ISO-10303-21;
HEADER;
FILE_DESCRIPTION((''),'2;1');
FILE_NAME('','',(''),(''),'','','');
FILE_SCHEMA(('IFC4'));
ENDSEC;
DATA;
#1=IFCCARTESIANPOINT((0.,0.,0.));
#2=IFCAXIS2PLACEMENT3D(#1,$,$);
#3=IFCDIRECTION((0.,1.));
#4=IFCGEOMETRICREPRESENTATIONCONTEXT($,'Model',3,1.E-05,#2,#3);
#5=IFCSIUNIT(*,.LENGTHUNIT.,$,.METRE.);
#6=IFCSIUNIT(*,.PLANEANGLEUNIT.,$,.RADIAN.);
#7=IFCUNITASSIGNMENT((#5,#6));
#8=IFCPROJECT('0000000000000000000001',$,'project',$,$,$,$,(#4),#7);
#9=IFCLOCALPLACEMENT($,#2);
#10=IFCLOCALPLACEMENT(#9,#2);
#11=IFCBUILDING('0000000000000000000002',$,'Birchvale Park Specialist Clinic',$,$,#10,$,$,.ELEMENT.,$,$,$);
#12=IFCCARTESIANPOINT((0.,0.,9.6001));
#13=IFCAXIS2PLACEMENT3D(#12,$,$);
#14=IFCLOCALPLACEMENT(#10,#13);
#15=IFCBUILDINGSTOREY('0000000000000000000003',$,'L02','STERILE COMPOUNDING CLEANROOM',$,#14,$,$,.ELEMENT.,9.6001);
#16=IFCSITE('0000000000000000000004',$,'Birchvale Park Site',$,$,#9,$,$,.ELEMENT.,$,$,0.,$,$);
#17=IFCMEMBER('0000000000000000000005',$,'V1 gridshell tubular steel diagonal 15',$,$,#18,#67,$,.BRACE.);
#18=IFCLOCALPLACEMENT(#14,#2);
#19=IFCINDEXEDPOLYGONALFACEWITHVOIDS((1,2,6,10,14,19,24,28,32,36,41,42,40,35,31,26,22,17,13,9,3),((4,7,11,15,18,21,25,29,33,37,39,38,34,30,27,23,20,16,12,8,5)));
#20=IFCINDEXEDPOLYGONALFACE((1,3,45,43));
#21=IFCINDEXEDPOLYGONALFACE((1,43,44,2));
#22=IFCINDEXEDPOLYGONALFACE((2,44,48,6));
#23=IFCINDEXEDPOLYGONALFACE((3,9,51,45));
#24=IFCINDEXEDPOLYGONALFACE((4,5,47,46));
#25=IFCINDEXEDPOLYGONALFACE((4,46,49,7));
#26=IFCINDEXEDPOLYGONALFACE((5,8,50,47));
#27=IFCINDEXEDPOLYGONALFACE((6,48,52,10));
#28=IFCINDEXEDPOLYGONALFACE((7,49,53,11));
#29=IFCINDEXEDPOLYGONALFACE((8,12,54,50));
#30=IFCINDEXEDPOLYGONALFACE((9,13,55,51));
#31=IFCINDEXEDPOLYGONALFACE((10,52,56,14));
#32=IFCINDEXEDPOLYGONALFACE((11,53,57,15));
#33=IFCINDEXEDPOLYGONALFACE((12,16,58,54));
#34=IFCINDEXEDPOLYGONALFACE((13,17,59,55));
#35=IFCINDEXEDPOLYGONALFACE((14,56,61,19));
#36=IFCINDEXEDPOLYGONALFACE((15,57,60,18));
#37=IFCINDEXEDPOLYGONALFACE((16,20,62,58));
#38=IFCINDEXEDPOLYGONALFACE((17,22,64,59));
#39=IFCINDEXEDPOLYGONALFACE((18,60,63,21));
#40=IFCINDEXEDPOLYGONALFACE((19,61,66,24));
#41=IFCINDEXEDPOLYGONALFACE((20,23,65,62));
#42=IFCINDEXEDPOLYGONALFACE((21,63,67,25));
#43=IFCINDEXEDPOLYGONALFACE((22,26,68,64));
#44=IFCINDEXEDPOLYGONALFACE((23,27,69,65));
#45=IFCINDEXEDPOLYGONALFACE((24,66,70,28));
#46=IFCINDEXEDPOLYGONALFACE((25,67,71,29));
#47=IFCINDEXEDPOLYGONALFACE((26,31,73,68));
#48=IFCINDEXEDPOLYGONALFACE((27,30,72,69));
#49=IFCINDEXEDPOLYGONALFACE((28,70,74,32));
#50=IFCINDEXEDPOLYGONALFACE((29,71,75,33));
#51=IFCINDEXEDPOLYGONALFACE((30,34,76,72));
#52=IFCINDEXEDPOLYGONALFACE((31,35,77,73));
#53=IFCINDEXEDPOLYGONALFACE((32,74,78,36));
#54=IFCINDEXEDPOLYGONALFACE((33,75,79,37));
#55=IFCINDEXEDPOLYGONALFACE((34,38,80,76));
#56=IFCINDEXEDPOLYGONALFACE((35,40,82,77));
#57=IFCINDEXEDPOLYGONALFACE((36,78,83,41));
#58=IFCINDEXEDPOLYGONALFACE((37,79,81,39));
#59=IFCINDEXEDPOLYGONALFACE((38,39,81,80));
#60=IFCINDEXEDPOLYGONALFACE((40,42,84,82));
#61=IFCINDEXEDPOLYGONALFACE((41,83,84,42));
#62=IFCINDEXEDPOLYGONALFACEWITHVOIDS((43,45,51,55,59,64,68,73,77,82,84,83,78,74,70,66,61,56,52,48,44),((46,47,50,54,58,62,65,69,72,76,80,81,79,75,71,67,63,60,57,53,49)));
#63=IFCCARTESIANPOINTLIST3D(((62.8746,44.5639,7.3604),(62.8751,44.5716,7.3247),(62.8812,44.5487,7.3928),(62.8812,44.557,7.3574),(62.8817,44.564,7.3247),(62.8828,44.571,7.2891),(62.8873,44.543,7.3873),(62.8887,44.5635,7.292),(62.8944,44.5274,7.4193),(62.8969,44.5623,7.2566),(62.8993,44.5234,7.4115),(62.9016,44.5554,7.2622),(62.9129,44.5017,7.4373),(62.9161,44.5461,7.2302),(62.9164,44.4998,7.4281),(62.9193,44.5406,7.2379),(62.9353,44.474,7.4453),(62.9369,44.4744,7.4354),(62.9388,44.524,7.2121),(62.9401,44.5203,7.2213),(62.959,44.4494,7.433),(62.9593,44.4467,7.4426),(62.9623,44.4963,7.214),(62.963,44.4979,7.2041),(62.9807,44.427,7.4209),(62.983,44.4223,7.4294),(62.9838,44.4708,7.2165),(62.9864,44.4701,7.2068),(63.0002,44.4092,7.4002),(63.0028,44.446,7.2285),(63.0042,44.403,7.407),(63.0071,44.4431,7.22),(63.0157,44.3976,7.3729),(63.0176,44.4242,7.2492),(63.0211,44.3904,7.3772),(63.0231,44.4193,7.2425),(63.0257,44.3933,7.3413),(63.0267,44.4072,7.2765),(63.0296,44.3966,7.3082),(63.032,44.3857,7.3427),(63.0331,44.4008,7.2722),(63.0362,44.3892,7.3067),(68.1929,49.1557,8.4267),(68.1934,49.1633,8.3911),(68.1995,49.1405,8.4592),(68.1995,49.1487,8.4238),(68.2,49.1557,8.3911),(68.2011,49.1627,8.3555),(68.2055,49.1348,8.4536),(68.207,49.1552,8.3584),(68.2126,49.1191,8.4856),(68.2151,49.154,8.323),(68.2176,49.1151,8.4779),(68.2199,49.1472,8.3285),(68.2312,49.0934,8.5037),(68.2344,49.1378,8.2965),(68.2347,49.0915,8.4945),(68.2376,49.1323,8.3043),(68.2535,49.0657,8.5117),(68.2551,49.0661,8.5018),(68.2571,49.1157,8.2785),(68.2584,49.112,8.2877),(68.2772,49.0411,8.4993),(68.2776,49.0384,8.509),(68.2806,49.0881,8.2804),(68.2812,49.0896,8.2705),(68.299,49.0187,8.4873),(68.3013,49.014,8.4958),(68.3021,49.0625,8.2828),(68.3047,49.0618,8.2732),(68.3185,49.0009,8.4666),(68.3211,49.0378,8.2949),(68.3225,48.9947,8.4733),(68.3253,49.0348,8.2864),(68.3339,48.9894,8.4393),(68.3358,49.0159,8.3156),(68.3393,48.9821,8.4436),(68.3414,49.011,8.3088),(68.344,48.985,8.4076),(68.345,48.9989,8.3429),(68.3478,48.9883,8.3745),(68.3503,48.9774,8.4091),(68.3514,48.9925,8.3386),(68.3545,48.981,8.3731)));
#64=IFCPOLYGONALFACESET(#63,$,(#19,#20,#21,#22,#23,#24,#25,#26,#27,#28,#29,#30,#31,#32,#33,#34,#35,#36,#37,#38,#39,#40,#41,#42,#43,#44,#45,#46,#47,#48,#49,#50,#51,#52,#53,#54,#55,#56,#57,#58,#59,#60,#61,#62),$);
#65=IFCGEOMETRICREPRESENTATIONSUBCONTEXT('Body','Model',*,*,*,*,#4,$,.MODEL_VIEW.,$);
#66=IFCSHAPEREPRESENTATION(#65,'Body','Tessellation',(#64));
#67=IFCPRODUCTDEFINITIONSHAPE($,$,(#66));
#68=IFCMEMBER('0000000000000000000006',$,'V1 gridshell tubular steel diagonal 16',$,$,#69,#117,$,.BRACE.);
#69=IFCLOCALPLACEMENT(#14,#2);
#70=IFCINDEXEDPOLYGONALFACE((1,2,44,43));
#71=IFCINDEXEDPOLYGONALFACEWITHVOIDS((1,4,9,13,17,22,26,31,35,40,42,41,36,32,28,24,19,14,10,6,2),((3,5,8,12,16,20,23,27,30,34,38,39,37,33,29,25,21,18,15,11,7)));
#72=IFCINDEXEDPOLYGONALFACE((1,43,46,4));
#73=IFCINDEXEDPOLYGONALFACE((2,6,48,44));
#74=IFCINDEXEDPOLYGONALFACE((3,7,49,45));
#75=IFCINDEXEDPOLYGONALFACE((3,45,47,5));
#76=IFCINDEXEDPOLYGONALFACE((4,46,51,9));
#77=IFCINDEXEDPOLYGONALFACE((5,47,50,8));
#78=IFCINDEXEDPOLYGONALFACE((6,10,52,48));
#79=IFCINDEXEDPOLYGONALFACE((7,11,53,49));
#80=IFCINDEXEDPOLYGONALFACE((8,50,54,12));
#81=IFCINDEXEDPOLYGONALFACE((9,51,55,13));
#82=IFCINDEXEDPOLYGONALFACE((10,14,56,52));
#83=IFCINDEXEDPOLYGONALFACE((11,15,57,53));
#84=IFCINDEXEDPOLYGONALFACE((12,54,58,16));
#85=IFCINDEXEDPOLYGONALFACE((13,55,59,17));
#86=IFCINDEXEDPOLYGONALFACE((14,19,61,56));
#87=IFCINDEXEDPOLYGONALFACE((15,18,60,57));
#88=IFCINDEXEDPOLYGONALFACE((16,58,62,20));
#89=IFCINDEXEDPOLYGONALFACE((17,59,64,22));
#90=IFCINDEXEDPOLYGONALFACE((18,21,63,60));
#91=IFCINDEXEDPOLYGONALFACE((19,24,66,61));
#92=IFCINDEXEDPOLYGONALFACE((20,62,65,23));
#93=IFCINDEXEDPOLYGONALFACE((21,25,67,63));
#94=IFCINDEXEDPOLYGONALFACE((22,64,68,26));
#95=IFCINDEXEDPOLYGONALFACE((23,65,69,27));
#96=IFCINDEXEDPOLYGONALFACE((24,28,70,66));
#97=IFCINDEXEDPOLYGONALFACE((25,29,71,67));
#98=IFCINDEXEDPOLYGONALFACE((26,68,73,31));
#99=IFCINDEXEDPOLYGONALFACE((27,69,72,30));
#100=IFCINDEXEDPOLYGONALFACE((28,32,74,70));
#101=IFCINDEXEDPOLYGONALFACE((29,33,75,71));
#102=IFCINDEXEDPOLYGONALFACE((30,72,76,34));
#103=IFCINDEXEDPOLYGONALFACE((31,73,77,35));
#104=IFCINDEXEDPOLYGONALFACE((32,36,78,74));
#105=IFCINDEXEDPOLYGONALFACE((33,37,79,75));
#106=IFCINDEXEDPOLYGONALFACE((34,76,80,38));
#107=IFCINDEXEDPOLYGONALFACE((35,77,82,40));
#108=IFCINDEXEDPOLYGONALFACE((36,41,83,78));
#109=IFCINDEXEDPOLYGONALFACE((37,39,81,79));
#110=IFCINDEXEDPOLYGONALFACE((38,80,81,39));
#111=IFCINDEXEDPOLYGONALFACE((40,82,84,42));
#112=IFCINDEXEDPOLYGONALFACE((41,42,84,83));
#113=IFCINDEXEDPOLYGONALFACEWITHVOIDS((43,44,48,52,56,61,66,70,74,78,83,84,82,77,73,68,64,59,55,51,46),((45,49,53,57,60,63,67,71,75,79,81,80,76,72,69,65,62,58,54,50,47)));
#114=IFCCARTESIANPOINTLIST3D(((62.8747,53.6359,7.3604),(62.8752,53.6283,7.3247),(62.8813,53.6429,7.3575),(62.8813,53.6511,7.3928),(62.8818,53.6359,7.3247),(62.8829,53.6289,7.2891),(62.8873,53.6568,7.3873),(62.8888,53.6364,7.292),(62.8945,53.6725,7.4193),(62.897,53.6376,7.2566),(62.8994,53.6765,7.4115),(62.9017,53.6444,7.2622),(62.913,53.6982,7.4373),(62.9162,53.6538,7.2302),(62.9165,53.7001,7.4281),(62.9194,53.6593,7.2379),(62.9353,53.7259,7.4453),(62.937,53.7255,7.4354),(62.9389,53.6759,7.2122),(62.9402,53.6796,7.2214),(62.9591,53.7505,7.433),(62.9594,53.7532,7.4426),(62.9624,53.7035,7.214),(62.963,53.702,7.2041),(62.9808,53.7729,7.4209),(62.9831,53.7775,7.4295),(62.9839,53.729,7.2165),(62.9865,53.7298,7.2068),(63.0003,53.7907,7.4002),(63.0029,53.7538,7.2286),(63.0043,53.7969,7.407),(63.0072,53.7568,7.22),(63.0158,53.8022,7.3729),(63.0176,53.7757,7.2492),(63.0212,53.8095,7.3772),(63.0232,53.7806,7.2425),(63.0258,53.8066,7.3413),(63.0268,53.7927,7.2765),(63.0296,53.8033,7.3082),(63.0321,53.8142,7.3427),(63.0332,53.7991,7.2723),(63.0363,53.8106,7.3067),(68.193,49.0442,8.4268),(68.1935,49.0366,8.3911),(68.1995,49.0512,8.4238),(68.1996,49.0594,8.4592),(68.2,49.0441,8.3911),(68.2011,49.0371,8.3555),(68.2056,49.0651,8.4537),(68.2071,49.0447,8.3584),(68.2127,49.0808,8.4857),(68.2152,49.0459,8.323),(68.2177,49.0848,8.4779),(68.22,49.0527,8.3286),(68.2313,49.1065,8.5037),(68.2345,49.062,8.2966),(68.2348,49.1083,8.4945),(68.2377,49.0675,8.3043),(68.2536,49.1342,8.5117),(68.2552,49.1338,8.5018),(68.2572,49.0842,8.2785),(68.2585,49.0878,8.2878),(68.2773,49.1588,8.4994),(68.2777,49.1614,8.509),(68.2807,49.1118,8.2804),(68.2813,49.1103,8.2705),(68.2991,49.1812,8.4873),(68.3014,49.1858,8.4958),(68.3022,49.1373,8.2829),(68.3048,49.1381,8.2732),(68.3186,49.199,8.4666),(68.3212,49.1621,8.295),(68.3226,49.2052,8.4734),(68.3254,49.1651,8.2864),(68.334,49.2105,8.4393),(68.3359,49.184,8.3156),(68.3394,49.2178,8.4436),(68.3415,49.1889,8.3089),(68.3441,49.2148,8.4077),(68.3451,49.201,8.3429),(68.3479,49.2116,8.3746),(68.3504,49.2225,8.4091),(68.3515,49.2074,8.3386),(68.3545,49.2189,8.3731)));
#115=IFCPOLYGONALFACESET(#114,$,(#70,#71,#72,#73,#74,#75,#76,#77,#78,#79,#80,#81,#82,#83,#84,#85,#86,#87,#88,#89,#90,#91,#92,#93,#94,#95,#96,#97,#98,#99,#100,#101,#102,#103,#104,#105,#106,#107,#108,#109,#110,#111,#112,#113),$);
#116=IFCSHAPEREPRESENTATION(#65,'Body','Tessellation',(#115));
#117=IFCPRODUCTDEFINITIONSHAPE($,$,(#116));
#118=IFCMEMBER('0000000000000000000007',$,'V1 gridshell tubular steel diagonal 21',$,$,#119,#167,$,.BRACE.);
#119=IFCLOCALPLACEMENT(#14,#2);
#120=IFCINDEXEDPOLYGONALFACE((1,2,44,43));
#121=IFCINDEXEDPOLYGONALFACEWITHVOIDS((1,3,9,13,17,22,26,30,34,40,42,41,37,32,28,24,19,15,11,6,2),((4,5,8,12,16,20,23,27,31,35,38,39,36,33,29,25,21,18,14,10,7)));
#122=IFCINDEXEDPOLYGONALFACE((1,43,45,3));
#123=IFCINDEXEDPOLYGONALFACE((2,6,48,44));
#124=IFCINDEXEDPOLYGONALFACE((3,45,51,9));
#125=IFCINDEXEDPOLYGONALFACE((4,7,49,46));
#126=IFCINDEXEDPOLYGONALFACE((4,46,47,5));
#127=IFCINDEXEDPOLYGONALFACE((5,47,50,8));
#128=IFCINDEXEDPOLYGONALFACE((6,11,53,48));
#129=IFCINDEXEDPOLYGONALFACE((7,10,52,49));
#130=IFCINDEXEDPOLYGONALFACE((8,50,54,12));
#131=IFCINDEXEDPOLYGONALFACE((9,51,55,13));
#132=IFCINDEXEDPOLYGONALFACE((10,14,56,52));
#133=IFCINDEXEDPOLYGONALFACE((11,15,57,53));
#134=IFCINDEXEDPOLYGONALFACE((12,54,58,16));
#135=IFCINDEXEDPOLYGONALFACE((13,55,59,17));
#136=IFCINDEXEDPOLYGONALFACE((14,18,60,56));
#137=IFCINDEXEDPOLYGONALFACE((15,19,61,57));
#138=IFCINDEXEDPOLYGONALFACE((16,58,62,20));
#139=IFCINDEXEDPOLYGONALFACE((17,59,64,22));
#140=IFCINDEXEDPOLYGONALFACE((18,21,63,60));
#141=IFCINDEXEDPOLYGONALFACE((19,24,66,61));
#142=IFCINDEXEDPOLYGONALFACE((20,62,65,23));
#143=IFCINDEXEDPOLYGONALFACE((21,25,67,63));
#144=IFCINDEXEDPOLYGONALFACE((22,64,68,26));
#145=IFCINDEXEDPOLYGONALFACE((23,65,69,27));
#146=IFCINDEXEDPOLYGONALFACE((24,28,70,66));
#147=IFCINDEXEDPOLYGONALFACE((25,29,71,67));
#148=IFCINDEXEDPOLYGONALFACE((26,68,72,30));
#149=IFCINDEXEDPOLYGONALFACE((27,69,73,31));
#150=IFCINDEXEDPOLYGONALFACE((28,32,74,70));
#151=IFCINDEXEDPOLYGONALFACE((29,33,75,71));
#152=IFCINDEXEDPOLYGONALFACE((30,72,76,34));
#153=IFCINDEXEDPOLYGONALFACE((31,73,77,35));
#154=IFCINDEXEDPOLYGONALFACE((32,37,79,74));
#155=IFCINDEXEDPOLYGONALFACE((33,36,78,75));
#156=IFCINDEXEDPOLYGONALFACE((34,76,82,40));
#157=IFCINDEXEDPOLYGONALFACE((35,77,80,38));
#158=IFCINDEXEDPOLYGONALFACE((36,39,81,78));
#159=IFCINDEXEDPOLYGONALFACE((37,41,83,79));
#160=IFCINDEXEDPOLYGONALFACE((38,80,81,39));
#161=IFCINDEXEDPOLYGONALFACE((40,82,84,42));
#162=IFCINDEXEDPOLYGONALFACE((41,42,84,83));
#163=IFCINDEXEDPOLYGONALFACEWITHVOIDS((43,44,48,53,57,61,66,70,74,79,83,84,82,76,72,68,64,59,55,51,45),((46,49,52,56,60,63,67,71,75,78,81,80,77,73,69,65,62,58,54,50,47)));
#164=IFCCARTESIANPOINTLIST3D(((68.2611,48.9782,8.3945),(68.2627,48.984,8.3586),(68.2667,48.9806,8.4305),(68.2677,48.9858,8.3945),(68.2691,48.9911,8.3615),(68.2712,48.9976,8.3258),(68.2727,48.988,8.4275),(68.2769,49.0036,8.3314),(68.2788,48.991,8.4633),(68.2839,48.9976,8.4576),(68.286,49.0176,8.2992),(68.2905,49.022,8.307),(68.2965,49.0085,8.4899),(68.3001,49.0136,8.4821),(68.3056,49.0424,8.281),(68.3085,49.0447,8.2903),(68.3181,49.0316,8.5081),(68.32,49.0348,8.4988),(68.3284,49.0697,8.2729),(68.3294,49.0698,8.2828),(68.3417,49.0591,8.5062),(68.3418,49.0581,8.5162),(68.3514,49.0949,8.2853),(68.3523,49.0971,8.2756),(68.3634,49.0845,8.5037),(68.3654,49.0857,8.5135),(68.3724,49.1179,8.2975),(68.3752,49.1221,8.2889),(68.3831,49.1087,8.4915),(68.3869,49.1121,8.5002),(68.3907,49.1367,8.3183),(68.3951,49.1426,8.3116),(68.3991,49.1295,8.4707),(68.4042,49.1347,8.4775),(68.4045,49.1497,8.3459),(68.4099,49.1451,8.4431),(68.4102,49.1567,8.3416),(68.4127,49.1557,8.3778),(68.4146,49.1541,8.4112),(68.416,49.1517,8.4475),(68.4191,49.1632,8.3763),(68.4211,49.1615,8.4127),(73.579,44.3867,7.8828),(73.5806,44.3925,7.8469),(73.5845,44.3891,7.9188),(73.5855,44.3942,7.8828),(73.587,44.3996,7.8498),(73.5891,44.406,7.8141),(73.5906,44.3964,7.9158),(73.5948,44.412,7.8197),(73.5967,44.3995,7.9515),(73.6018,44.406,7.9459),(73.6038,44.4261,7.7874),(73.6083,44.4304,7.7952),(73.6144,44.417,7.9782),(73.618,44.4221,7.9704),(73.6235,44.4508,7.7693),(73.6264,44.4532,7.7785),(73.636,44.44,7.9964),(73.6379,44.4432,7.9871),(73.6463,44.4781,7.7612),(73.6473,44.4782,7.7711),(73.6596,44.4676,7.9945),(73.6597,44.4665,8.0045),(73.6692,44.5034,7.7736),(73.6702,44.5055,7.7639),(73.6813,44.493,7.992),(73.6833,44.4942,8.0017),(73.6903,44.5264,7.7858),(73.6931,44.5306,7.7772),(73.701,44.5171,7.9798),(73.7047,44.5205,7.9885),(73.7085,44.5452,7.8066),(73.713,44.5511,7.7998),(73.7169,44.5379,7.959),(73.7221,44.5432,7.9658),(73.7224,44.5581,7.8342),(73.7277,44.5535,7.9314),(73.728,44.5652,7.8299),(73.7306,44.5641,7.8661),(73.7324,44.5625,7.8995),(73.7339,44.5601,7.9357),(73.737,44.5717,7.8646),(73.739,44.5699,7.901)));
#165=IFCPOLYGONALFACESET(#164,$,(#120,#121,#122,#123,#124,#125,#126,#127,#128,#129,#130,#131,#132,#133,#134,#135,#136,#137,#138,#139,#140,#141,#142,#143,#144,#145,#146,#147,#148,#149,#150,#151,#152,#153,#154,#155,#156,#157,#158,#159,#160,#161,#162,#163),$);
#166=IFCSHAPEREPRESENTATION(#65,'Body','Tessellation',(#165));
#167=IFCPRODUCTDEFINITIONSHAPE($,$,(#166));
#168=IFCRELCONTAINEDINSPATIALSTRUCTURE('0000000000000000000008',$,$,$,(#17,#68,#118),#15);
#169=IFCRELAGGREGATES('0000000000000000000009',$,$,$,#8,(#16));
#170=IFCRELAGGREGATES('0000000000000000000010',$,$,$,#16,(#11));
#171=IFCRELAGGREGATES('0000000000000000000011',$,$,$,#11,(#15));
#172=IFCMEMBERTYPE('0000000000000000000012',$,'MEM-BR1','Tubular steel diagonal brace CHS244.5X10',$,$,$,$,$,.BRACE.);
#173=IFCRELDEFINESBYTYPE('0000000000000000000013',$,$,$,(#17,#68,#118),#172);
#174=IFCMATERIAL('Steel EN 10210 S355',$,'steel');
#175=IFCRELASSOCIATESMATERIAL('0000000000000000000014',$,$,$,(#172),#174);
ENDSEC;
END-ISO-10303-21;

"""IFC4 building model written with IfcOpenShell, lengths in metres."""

from ifc_helpers import new_model, si_unit, direction, frame, origin, origin_2d, place, context, subcontext, project, spatial, hollow_circle, extrude, material, material_profile, profile_set, type_object, element, save


model = new_model("IFC4")

# Units and contexts
model_context = context("Model", 3, precision=1e-05, world=origin(), true_north=direction((0.0, 1.0)))
body_context = subcontext(model_context, "Body", "Model", "MODEL_VIEW")
ifc_project = project(units=[si_unit("LENGTHUNIT", "METRE"), si_unit("PLANEANGLEUNIT", "RADIAN")], contexts=[model_context])

# Site, building, storey
site_placement = place(None, origin())
site = spatial("IfcSite", under=ifc_project, at=site_placement, Name="Birchvale Park Site", CompositionType="ELEMENT", RefElevation=0.0)
building_placement = place(site_placement, origin())
building = spatial("IfcBuilding", under=site, at=building_placement, Name="Birchvale Park Specialist Clinic", CompositionType="ELEMENT")
storey_placement = place(building_placement, frame((0.0, 0.0, 9.6001)))
storey = spatial("IfcBuildingStorey", under=building, at=storey_placement, Name="L02", Description="STERILE COMPOUNDING CLEANROOM", CompositionType="ELEMENT", Elevation=9.6001)

# Members
ifc_material_1 = material(Name="Steel EN 10210 S355", Category="steel")
ifc_material_profile_1 = material_profile(ifc_material_1, hollow_circle(Radius=0.1223, WallThickness=0.01, at=origin_2d()), Name="CHS244.5X10")
ifc_profile_set_1 = profile_set([ifc_material_profile_1], Name="Steel EN 10210 S355")
member_type_1 = type_object("IfcMemberType", Name="MEM-BR1", Description="Tubular steel diagonal brace CHS244.5X10", PredefinedType="BRACE", material=ifc_profile_set_1)
for number, where, z_axis, x_axis, name in (
    (1, (62.9551, 44.479, 7.3247), (0.748347, 0.646112, 0.150054), (-0.653511, 0.756917, 0.0), "V1 gridshell tubular steel diagonal 15"),
    (2, (68.2734, 49.1292, 8.3911), (-0.748347, 0.646112, -0.150054), (-0.653511, -0.756917, 0.0), "V1 gridshell tubular steel diagonal 16"),
):
    element("IfcMember", number, at=place(storey_placement, frame(where, z_axis=z_axis, x_axis=x_axis)), inside=storey, type_object=member_type_1, Name=name, PredefinedType="BRACE", context=body_context, shape_type="SweptSolid", body=[
        extrude(hollow_circle(Radius=0.1223, WallThickness=0.01, at=origin_2d()), origin(), (0.0, 0.0, 1.0), 7.1067),
    ])
member_1_placement = place(storey_placement, frame((73.6589, 44.4792, 7.8828), z_axis=(-0.754905, 0.651799, 0.072642), x_axis=(-0.653526, -0.756904, 0.0)))
element("IfcMember", 3, at=member_1_placement, inside=storey, type_object=member_type_1, Name="V1 gridshell tubular steel diagonal 21", PredefinedType="BRACE", context=body_context, shape_type="SweptSolid", body=[
    extrude(hollow_circle(Radius=0.1223, WallThickness=0.01, at=origin_2d()), origin(), (0.0, 0.0, 1.0), 7.0444),
])

save(model, "model.ifc")
